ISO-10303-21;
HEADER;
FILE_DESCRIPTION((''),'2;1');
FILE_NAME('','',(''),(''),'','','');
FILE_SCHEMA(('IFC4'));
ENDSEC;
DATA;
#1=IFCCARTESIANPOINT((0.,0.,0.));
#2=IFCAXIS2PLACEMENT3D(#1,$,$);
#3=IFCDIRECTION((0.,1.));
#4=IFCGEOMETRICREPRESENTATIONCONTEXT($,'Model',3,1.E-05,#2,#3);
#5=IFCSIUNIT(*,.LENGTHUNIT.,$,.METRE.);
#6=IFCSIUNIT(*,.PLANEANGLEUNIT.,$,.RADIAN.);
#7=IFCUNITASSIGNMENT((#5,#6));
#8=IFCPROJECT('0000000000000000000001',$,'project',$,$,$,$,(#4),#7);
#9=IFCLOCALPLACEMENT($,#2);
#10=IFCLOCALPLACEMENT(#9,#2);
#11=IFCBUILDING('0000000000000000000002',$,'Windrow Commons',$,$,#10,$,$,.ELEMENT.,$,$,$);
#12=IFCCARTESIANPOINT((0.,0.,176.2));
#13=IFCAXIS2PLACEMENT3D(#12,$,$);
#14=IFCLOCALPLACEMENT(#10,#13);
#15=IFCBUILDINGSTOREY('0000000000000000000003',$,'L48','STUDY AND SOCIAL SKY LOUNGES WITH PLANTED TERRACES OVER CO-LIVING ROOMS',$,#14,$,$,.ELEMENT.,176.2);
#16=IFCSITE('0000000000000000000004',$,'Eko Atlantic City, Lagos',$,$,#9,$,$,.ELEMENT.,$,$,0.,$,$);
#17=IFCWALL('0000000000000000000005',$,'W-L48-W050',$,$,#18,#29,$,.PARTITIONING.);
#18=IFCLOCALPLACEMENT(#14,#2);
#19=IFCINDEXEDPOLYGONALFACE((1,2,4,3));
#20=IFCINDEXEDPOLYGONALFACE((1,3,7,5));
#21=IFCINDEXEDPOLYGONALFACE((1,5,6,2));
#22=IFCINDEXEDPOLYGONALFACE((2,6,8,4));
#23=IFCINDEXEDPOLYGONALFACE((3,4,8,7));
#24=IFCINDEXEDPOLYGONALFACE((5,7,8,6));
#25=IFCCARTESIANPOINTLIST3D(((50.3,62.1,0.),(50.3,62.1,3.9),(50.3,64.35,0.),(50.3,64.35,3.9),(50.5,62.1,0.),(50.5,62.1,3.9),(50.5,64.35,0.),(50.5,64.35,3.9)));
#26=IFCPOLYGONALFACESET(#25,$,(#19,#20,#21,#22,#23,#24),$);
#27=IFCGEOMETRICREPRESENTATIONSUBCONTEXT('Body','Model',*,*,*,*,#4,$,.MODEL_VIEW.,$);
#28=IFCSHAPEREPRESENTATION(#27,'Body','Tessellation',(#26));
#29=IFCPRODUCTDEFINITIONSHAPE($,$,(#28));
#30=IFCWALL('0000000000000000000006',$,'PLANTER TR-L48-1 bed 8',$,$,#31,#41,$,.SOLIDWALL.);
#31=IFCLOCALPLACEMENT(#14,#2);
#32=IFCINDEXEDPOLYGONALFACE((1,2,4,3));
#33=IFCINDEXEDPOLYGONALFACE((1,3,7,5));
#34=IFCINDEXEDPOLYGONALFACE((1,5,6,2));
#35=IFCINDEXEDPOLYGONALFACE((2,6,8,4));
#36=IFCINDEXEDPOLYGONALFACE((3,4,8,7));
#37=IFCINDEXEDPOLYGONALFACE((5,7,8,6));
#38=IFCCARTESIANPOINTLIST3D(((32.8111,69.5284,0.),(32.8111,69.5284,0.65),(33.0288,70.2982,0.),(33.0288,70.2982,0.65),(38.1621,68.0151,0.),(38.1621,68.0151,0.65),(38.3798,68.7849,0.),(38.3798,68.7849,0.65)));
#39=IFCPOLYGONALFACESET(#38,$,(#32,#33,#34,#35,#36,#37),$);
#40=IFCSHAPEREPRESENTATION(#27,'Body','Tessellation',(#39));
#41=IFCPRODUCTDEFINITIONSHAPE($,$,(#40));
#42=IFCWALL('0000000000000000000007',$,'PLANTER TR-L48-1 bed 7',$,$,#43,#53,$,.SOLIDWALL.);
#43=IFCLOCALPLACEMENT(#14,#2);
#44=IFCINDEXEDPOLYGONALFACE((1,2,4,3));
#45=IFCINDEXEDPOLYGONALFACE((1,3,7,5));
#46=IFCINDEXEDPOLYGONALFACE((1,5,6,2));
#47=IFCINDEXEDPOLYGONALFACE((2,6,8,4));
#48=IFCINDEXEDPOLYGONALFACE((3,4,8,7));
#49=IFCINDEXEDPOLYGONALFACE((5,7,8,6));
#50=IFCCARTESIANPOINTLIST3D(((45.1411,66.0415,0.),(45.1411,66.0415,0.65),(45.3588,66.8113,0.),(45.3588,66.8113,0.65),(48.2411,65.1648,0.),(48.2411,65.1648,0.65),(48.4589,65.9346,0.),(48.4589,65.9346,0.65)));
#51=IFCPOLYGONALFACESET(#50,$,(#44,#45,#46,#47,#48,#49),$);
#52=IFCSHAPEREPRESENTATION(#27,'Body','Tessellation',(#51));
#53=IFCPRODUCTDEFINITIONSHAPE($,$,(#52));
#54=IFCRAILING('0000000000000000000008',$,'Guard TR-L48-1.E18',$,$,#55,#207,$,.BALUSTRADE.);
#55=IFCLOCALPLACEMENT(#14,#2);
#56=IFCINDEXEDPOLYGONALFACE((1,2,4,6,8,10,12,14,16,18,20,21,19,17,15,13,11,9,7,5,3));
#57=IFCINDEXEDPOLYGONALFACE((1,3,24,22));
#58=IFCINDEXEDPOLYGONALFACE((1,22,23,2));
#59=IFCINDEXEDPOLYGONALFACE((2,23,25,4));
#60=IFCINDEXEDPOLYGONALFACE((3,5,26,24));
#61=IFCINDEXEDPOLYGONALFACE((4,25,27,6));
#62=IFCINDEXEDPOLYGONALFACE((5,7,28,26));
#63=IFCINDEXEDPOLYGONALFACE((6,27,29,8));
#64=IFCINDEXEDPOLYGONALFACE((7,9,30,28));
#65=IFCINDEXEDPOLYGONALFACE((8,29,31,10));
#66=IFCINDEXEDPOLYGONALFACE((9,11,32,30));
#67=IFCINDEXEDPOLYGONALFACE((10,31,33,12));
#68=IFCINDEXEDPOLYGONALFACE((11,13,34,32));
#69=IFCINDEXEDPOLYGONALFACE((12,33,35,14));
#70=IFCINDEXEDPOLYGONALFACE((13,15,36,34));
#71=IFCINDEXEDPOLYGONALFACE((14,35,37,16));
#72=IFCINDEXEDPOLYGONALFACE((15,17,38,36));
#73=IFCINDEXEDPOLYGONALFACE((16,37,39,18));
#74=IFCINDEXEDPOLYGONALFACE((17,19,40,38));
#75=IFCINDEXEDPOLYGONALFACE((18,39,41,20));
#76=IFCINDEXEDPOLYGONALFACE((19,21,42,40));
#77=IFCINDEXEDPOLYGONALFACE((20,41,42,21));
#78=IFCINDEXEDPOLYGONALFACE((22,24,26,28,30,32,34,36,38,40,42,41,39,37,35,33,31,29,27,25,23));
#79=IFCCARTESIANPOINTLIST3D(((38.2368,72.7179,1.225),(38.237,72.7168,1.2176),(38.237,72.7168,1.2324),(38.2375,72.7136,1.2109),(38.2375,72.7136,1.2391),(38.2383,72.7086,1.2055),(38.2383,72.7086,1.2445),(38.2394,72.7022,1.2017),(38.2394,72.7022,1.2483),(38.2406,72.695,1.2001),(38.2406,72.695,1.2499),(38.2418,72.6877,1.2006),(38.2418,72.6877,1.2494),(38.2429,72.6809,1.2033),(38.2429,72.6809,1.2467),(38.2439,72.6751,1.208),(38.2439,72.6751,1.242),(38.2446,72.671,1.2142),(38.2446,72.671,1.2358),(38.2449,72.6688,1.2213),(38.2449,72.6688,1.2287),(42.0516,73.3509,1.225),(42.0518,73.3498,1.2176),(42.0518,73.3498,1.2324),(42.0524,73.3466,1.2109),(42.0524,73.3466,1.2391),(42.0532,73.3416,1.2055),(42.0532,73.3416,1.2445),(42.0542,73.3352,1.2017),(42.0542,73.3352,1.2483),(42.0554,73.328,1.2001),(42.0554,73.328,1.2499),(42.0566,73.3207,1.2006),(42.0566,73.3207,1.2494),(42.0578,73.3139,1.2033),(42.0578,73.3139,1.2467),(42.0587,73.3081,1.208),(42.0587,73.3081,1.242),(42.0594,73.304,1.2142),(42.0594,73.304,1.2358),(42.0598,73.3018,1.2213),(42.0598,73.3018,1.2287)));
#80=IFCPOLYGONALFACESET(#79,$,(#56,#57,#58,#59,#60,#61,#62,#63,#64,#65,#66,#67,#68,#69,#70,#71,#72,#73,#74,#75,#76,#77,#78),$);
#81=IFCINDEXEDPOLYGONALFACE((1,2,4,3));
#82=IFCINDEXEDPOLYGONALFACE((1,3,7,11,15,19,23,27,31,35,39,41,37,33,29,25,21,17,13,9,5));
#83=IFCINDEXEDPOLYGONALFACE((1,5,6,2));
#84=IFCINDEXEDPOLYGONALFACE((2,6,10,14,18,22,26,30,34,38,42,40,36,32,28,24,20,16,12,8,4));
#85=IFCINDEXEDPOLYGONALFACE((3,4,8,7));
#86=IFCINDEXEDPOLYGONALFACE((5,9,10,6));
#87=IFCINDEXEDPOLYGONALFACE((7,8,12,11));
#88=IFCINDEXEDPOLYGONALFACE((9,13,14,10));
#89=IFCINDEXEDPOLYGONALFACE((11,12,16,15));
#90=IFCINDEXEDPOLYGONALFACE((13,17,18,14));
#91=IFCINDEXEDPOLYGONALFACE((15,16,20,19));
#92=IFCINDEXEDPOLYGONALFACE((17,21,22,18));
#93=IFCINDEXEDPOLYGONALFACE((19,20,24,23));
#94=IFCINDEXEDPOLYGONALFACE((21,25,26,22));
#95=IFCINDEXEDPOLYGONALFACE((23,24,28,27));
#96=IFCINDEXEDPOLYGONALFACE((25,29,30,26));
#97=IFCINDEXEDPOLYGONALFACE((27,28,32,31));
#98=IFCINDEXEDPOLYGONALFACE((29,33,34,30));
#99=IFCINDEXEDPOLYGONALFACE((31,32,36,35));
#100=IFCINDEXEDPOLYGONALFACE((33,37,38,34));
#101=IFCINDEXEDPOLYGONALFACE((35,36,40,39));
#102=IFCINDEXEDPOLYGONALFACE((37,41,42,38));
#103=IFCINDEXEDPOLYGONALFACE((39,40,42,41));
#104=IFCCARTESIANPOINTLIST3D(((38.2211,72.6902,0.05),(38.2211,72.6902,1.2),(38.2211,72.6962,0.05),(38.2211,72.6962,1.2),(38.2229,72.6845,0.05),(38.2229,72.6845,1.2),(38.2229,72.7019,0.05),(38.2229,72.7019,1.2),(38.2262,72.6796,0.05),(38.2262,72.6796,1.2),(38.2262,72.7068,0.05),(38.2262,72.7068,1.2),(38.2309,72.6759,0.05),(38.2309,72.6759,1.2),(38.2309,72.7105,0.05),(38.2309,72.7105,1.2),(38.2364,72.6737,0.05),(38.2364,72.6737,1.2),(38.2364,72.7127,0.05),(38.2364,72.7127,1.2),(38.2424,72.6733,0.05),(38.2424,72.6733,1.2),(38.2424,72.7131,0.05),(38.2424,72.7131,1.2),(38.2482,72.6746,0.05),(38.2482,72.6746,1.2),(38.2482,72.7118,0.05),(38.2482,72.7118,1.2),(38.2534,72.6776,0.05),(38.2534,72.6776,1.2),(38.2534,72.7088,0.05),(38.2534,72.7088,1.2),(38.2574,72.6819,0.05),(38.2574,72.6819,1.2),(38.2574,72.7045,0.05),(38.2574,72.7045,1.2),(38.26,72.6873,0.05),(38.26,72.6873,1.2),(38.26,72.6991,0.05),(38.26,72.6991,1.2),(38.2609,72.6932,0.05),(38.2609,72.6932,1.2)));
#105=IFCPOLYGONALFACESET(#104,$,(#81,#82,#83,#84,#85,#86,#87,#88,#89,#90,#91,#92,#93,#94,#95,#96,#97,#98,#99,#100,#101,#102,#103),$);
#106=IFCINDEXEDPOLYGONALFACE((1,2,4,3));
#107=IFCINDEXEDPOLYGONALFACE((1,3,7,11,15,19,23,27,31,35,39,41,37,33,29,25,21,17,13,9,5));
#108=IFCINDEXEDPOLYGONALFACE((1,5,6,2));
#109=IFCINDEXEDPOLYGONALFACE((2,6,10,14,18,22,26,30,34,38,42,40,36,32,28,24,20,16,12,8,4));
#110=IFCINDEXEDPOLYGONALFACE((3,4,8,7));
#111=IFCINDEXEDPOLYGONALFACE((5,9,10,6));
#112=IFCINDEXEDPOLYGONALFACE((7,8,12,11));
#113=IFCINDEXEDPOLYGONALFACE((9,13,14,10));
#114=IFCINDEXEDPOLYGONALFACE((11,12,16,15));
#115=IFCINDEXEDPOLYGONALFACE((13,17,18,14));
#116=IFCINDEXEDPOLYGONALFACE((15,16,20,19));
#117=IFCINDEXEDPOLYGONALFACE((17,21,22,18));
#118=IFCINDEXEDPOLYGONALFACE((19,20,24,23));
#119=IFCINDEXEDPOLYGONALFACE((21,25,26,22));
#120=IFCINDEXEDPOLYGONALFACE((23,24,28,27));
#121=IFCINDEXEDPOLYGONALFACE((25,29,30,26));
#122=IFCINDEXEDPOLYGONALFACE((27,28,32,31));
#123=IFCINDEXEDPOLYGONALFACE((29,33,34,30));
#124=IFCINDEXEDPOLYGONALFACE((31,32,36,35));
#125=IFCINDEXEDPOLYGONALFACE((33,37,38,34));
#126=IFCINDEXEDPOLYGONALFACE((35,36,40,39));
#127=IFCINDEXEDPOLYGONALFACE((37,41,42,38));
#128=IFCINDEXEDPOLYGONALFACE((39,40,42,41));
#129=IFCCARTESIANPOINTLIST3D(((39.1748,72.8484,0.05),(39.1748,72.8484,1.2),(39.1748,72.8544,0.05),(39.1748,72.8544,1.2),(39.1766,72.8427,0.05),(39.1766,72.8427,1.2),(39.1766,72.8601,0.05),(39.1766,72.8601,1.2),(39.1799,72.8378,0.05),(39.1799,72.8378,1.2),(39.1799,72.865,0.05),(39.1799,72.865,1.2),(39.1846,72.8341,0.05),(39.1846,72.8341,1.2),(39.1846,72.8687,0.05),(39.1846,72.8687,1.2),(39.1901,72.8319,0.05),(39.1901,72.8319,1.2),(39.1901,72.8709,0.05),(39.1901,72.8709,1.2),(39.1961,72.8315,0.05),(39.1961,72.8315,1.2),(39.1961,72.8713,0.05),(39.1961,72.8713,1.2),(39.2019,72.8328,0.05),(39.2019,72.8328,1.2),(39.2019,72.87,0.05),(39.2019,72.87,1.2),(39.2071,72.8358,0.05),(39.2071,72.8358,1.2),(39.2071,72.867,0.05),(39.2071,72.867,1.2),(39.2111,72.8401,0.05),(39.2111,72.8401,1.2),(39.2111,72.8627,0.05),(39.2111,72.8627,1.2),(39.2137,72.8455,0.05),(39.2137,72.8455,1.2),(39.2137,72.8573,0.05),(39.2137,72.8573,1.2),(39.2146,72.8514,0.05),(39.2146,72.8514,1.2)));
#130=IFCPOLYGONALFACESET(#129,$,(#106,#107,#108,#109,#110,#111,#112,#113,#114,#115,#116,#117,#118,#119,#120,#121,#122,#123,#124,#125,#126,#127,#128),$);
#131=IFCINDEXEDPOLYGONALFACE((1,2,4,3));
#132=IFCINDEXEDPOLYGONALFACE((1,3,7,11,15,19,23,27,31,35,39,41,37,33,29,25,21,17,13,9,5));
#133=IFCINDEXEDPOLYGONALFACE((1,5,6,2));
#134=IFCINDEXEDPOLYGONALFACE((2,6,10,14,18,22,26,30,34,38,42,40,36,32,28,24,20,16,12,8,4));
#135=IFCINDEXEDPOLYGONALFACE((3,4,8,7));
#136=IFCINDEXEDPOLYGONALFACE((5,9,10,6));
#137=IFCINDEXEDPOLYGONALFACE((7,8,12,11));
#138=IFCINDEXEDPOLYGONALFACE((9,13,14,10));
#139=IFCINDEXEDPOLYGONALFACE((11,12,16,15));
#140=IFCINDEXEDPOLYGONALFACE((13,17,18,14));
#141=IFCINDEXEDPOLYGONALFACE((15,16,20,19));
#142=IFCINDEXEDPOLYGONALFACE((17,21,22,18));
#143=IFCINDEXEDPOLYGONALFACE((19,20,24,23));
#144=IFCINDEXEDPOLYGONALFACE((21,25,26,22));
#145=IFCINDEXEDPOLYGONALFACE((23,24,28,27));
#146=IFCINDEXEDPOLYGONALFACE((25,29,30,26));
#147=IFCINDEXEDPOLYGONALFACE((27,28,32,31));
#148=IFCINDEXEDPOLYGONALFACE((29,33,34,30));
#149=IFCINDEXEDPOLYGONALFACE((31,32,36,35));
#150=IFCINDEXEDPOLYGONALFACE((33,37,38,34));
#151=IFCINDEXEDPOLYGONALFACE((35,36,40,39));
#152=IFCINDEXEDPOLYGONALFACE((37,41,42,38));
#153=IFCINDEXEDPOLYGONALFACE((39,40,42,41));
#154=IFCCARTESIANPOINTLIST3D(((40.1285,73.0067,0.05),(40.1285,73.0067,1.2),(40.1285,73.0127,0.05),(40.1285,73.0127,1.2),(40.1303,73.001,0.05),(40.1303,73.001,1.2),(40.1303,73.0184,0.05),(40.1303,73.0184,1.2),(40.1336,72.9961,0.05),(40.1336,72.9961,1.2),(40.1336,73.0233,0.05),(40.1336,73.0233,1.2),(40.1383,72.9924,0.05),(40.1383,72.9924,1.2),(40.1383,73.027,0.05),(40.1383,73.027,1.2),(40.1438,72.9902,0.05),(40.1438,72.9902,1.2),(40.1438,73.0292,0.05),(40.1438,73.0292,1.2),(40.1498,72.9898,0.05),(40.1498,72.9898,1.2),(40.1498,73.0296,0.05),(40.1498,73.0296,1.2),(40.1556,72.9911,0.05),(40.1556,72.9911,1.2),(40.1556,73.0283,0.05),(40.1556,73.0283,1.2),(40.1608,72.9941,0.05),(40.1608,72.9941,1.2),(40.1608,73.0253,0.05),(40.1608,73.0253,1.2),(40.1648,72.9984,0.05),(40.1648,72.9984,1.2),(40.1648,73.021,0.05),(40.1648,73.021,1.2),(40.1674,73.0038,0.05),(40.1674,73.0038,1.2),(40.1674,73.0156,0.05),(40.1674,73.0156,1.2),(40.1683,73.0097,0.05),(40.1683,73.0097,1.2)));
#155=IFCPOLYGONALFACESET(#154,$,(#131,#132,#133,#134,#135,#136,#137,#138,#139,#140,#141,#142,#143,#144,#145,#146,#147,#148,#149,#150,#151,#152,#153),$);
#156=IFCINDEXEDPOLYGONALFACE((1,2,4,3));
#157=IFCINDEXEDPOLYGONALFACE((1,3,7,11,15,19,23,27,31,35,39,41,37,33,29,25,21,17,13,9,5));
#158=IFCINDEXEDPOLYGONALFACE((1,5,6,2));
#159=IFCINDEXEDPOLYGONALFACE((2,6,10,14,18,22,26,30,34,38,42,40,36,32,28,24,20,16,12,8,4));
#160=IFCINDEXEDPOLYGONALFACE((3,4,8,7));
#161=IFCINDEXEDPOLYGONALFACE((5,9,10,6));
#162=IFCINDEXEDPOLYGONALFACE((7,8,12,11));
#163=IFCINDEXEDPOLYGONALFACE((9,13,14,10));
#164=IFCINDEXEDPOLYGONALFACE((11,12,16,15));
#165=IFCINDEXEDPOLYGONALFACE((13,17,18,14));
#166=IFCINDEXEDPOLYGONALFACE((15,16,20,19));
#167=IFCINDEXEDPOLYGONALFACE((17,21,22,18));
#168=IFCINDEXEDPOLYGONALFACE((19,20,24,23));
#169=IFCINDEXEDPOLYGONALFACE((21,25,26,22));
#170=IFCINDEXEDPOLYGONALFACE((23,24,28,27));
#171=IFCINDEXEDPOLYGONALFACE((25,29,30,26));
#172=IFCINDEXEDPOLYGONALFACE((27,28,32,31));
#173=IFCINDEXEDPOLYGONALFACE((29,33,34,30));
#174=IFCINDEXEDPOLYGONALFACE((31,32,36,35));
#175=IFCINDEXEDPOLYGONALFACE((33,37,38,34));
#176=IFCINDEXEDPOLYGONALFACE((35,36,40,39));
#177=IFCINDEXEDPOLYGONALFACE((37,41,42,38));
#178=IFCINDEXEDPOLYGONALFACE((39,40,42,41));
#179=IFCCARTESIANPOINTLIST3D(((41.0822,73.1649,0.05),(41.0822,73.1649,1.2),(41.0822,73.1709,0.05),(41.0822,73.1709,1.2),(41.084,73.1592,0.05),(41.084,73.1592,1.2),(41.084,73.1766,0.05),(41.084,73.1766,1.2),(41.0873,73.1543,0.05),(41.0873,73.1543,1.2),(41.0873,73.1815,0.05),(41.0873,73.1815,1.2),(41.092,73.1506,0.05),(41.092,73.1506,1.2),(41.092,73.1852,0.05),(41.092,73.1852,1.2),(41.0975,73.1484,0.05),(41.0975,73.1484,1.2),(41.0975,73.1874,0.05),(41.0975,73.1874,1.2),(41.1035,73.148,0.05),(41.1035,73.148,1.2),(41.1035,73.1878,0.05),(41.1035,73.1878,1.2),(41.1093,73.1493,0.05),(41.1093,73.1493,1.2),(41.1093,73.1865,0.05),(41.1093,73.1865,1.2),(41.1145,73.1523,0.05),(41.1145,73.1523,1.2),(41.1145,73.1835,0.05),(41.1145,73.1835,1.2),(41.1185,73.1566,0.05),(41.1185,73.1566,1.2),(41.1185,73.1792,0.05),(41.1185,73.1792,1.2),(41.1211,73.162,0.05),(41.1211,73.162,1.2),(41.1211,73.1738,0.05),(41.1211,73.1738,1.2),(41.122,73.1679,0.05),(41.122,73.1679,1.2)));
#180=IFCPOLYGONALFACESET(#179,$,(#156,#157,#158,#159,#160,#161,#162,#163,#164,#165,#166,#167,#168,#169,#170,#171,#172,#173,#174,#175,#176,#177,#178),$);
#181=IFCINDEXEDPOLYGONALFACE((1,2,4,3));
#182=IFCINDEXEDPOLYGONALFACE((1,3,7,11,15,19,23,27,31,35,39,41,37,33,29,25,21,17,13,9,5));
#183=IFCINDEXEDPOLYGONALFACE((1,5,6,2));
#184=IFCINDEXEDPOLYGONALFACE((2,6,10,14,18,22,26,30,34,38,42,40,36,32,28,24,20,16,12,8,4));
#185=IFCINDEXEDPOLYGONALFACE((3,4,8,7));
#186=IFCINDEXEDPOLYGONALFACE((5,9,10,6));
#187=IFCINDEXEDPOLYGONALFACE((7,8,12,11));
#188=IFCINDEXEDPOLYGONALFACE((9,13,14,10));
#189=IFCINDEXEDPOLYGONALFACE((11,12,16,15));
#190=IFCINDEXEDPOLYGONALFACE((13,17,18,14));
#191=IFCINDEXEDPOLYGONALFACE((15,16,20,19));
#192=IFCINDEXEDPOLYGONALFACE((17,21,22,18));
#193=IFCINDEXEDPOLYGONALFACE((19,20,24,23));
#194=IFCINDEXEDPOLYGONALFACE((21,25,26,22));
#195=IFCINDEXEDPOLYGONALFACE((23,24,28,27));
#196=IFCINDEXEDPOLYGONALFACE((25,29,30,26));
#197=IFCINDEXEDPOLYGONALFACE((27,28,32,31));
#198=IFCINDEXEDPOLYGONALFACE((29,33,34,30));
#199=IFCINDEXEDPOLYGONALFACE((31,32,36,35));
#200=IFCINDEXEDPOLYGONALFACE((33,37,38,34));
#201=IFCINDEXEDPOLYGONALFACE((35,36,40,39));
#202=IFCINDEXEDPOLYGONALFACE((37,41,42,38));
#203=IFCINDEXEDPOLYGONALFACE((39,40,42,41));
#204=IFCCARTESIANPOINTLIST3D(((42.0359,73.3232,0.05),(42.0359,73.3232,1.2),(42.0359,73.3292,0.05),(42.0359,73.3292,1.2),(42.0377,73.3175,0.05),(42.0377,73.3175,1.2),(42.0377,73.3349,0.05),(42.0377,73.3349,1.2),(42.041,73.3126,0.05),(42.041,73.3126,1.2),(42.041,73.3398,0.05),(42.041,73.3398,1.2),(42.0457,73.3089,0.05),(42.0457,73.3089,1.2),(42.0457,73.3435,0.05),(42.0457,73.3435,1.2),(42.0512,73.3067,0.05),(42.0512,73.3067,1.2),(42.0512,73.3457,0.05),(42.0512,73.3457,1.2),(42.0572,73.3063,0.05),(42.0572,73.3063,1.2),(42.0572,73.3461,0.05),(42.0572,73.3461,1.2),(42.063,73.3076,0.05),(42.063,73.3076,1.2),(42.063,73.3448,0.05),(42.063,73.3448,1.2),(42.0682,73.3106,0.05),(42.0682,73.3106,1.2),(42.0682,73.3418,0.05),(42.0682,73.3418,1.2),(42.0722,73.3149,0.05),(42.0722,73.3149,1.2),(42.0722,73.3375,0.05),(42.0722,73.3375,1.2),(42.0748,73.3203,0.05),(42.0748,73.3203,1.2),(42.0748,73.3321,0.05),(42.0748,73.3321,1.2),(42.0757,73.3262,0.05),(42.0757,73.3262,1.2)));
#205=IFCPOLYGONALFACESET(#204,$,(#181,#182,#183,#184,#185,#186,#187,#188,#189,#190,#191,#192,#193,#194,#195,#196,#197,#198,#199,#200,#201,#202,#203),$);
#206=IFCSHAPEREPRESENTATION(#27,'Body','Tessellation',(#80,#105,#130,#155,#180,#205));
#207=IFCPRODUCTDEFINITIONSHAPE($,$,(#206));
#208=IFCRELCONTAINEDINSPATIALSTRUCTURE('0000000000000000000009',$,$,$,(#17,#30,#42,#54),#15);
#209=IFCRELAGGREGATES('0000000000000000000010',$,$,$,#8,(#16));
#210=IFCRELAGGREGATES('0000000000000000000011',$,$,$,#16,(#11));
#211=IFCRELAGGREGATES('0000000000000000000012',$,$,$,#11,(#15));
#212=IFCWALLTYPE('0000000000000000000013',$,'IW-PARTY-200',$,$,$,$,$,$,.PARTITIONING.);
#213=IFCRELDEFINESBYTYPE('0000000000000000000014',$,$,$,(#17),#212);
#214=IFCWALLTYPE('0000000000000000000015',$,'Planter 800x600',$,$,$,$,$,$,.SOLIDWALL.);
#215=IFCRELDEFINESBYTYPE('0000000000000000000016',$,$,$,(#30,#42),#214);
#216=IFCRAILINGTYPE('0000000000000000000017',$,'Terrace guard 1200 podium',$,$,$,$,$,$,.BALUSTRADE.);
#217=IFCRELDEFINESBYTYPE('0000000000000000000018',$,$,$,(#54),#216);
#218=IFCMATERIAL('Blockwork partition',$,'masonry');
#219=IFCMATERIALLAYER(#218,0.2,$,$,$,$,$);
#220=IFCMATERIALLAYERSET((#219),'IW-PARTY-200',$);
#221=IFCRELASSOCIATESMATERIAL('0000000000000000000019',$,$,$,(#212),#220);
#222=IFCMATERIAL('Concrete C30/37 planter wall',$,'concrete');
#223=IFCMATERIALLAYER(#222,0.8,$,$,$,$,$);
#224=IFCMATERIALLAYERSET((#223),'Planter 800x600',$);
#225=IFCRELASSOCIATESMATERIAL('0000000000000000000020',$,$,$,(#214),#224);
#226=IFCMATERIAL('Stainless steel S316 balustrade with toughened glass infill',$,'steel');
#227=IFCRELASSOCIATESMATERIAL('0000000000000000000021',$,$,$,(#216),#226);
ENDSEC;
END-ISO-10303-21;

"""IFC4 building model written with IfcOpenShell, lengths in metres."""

from ifc_helpers import new_model, si_unit, direction, frame, frame_2d, origin, origin_2d, place, context, subcontext, project, spatial, polyline, rectangle, circle, outline, extrude, material, layer, layer_set, type_object, element, save


model = new_model("IFC4")

# Units and contexts
model_context = context("Model", 3, precision=1e-05, world=origin(), true_north=direction((0.0, 1.0)))
body_context = subcontext(model_context, "Body", "Model", "MODEL_VIEW")
ifc_project = project(units=[si_unit("LENGTHUNIT", "METRE"), si_unit("PLANEANGLEUNIT", "RADIAN")], contexts=[model_context])

# Site, building, storey
site_placement = place(None, origin())
site = spatial("IfcSite", under=ifc_project, at=site_placement, Name="Eko Atlantic City, Lagos", CompositionType="ELEMENT", RefElevation=0.0)
building_placement = place(site_placement, origin())
building = spatial("IfcBuilding", under=site, at=building_placement, Name="Windrow Commons", CompositionType="ELEMENT")
storey_placement = place(building_placement, frame((0.0, 0.0, 176.2)))
storey = spatial("IfcBuildingStorey", under=building, at=storey_placement, Name="L48", Description="STUDY AND SOCIAL SKY LOUNGES WITH PLANTED TERRACES OVER CO-LIVING ROOMS", CompositionType="ELEMENT", Elevation=176.2)

# Walls
ifc_material_1 = material(Name="Blockwork partition", Category="masonry")
ifc_layer_1 = layer(ifc_material_1, 0.2)
ifc_layer_set_1 = layer_set([ifc_layer_1], Name="IW-PARTY-200")
wall_type_1 = type_object("IfcWallType", Name="IW-PARTY-200", PredefinedType="PARTITIONING", material=ifc_layer_set_1)
for number, where, z_axis, x_axis, name in (
    (1, (50.4, 62.1, 0.0), (0.0, 0.0, 1.0), (0.0, 1.0, 0.0), "W-L48-W050"),
):
    element("IfcWall", number, at=place(storey_placement, frame(where, z_axis=z_axis, x_axis=x_axis)), inside=storey, type_object=wall_type_1, Name=name, PredefinedType="PARTITIONING", context=body_context, shape_type="SweptSolid", body=[
        extrude(rectangle(XDim=2.25, YDim=0.2, at=frame_2d((1.125, 0.0))), origin(), (0.0, 0.0, 1.0), 3.9),
    ])
ifc_material_2 = material(Name="Concrete C30/37 planter wall", Category="concrete")
ifc_layer_2 = layer(ifc_material_2, 0.8)
ifc_layer_set_2 = layer_set([ifc_layer_2], Name="Planter 800x600")
wall_type_2 = type_object("IfcWallType", Name="Planter 800x600", PredefinedType="SOLIDWALL", material=ifc_layer_set_2)
wall_1_placement = place(storey_placement, frame((38.271, 68.4, 0.0), z_axis=(0.0, 0.0, 1.0), x_axis=(-0.962259, 0.272134, 0.0)))
element("IfcWall", 2, at=wall_1_placement, inside=storey, type_object=wall_type_2, Name="PLANTER TR-L48-1 bed 8", PredefinedType="SOLIDWALL", context=body_context, shape_type="SweptSolid", body=[
    extrude(rectangle(XDim=5.5609, YDim=0.8, at=frame_2d((2.7805, 0.0))), origin(), (0.0, 0.0, 1.0), 0.65),
])
wall_2_placement = place(storey_placement, frame((48.35, 65.5497, 0.0), z_axis=(0.0, 0.0, 1.0), x_axis=(-0.96226, 0.272133, 0.0)))
element("IfcWall", 3, at=wall_2_placement, inside=storey, type_object=wall_type_2, Name="PLANTER TR-L48-1 bed 7", PredefinedType="SOLIDWALL", context=body_context, shape_type="SweptSolid", body=[
    extrude(outline(polyline([(0.0, -0.4), (3.2216, -0.4), (3.2216, 0.4), (0.0, 0.4), (0.0, -0.4)])), origin(), (0.0, 0.0, 1.0), 0.65),
])

# Railing
ifc_material_3 = material(Name="Stainless steel S316 balustrade with toughened glass infill", Category="steel")
railing_type = type_object("IfcRailingType", Name="Terrace guard 1200 podium", PredefinedType="BALUSTRADE", material=ifc_material_3)
railing_1_placement = place(storey_placement, frame((38.2409, 72.6932, 0.05)))
element("IfcRailing", 4, at=railing_1_placement, inside=storey, type_object=railing_type, Name="Guard TR-L48-1.E18", PredefinedType="BALUSTRADE", context=body_context, shape_type="SweptSolid", body=[
    extrude(circle(Radius=0.025, at=origin_2d()), frame((0.0, 0.0, 1.175), z_axis=(0.986511, 0.163694, 0.0), x_axis=(-0.163694, 0.986511, 0.0)), (0.0, 0.0, 1.0), 3.867),
    extrude(circle(Radius=0.02, at=origin_2d()), origin(), (0.0, 0.0, 1.0), 1.15),
    extrude(circle(Radius=0.02, at=origin_2d()), frame((0.9537, 0.1582, 0.0)), (0.0, 0.0, 1.0), 1.15),
    extrude(circle(Radius=0.02, at=origin_2d()), frame((1.9074, 0.3165, 0.0)), (0.0, 0.0, 1.0), 1.15),
    extrude(circle(Radius=0.02, at=origin_2d()), frame((2.8611, 0.4747, 0.0)), (0.0, 0.0, 1.0), 1.15),
    extrude(circle(Radius=0.02, at=origin_2d()), frame((3.8148, 0.633, 0.0)), (0.0, 0.0, 1.0), 1.15),
])

save(model, "model.ifc")
